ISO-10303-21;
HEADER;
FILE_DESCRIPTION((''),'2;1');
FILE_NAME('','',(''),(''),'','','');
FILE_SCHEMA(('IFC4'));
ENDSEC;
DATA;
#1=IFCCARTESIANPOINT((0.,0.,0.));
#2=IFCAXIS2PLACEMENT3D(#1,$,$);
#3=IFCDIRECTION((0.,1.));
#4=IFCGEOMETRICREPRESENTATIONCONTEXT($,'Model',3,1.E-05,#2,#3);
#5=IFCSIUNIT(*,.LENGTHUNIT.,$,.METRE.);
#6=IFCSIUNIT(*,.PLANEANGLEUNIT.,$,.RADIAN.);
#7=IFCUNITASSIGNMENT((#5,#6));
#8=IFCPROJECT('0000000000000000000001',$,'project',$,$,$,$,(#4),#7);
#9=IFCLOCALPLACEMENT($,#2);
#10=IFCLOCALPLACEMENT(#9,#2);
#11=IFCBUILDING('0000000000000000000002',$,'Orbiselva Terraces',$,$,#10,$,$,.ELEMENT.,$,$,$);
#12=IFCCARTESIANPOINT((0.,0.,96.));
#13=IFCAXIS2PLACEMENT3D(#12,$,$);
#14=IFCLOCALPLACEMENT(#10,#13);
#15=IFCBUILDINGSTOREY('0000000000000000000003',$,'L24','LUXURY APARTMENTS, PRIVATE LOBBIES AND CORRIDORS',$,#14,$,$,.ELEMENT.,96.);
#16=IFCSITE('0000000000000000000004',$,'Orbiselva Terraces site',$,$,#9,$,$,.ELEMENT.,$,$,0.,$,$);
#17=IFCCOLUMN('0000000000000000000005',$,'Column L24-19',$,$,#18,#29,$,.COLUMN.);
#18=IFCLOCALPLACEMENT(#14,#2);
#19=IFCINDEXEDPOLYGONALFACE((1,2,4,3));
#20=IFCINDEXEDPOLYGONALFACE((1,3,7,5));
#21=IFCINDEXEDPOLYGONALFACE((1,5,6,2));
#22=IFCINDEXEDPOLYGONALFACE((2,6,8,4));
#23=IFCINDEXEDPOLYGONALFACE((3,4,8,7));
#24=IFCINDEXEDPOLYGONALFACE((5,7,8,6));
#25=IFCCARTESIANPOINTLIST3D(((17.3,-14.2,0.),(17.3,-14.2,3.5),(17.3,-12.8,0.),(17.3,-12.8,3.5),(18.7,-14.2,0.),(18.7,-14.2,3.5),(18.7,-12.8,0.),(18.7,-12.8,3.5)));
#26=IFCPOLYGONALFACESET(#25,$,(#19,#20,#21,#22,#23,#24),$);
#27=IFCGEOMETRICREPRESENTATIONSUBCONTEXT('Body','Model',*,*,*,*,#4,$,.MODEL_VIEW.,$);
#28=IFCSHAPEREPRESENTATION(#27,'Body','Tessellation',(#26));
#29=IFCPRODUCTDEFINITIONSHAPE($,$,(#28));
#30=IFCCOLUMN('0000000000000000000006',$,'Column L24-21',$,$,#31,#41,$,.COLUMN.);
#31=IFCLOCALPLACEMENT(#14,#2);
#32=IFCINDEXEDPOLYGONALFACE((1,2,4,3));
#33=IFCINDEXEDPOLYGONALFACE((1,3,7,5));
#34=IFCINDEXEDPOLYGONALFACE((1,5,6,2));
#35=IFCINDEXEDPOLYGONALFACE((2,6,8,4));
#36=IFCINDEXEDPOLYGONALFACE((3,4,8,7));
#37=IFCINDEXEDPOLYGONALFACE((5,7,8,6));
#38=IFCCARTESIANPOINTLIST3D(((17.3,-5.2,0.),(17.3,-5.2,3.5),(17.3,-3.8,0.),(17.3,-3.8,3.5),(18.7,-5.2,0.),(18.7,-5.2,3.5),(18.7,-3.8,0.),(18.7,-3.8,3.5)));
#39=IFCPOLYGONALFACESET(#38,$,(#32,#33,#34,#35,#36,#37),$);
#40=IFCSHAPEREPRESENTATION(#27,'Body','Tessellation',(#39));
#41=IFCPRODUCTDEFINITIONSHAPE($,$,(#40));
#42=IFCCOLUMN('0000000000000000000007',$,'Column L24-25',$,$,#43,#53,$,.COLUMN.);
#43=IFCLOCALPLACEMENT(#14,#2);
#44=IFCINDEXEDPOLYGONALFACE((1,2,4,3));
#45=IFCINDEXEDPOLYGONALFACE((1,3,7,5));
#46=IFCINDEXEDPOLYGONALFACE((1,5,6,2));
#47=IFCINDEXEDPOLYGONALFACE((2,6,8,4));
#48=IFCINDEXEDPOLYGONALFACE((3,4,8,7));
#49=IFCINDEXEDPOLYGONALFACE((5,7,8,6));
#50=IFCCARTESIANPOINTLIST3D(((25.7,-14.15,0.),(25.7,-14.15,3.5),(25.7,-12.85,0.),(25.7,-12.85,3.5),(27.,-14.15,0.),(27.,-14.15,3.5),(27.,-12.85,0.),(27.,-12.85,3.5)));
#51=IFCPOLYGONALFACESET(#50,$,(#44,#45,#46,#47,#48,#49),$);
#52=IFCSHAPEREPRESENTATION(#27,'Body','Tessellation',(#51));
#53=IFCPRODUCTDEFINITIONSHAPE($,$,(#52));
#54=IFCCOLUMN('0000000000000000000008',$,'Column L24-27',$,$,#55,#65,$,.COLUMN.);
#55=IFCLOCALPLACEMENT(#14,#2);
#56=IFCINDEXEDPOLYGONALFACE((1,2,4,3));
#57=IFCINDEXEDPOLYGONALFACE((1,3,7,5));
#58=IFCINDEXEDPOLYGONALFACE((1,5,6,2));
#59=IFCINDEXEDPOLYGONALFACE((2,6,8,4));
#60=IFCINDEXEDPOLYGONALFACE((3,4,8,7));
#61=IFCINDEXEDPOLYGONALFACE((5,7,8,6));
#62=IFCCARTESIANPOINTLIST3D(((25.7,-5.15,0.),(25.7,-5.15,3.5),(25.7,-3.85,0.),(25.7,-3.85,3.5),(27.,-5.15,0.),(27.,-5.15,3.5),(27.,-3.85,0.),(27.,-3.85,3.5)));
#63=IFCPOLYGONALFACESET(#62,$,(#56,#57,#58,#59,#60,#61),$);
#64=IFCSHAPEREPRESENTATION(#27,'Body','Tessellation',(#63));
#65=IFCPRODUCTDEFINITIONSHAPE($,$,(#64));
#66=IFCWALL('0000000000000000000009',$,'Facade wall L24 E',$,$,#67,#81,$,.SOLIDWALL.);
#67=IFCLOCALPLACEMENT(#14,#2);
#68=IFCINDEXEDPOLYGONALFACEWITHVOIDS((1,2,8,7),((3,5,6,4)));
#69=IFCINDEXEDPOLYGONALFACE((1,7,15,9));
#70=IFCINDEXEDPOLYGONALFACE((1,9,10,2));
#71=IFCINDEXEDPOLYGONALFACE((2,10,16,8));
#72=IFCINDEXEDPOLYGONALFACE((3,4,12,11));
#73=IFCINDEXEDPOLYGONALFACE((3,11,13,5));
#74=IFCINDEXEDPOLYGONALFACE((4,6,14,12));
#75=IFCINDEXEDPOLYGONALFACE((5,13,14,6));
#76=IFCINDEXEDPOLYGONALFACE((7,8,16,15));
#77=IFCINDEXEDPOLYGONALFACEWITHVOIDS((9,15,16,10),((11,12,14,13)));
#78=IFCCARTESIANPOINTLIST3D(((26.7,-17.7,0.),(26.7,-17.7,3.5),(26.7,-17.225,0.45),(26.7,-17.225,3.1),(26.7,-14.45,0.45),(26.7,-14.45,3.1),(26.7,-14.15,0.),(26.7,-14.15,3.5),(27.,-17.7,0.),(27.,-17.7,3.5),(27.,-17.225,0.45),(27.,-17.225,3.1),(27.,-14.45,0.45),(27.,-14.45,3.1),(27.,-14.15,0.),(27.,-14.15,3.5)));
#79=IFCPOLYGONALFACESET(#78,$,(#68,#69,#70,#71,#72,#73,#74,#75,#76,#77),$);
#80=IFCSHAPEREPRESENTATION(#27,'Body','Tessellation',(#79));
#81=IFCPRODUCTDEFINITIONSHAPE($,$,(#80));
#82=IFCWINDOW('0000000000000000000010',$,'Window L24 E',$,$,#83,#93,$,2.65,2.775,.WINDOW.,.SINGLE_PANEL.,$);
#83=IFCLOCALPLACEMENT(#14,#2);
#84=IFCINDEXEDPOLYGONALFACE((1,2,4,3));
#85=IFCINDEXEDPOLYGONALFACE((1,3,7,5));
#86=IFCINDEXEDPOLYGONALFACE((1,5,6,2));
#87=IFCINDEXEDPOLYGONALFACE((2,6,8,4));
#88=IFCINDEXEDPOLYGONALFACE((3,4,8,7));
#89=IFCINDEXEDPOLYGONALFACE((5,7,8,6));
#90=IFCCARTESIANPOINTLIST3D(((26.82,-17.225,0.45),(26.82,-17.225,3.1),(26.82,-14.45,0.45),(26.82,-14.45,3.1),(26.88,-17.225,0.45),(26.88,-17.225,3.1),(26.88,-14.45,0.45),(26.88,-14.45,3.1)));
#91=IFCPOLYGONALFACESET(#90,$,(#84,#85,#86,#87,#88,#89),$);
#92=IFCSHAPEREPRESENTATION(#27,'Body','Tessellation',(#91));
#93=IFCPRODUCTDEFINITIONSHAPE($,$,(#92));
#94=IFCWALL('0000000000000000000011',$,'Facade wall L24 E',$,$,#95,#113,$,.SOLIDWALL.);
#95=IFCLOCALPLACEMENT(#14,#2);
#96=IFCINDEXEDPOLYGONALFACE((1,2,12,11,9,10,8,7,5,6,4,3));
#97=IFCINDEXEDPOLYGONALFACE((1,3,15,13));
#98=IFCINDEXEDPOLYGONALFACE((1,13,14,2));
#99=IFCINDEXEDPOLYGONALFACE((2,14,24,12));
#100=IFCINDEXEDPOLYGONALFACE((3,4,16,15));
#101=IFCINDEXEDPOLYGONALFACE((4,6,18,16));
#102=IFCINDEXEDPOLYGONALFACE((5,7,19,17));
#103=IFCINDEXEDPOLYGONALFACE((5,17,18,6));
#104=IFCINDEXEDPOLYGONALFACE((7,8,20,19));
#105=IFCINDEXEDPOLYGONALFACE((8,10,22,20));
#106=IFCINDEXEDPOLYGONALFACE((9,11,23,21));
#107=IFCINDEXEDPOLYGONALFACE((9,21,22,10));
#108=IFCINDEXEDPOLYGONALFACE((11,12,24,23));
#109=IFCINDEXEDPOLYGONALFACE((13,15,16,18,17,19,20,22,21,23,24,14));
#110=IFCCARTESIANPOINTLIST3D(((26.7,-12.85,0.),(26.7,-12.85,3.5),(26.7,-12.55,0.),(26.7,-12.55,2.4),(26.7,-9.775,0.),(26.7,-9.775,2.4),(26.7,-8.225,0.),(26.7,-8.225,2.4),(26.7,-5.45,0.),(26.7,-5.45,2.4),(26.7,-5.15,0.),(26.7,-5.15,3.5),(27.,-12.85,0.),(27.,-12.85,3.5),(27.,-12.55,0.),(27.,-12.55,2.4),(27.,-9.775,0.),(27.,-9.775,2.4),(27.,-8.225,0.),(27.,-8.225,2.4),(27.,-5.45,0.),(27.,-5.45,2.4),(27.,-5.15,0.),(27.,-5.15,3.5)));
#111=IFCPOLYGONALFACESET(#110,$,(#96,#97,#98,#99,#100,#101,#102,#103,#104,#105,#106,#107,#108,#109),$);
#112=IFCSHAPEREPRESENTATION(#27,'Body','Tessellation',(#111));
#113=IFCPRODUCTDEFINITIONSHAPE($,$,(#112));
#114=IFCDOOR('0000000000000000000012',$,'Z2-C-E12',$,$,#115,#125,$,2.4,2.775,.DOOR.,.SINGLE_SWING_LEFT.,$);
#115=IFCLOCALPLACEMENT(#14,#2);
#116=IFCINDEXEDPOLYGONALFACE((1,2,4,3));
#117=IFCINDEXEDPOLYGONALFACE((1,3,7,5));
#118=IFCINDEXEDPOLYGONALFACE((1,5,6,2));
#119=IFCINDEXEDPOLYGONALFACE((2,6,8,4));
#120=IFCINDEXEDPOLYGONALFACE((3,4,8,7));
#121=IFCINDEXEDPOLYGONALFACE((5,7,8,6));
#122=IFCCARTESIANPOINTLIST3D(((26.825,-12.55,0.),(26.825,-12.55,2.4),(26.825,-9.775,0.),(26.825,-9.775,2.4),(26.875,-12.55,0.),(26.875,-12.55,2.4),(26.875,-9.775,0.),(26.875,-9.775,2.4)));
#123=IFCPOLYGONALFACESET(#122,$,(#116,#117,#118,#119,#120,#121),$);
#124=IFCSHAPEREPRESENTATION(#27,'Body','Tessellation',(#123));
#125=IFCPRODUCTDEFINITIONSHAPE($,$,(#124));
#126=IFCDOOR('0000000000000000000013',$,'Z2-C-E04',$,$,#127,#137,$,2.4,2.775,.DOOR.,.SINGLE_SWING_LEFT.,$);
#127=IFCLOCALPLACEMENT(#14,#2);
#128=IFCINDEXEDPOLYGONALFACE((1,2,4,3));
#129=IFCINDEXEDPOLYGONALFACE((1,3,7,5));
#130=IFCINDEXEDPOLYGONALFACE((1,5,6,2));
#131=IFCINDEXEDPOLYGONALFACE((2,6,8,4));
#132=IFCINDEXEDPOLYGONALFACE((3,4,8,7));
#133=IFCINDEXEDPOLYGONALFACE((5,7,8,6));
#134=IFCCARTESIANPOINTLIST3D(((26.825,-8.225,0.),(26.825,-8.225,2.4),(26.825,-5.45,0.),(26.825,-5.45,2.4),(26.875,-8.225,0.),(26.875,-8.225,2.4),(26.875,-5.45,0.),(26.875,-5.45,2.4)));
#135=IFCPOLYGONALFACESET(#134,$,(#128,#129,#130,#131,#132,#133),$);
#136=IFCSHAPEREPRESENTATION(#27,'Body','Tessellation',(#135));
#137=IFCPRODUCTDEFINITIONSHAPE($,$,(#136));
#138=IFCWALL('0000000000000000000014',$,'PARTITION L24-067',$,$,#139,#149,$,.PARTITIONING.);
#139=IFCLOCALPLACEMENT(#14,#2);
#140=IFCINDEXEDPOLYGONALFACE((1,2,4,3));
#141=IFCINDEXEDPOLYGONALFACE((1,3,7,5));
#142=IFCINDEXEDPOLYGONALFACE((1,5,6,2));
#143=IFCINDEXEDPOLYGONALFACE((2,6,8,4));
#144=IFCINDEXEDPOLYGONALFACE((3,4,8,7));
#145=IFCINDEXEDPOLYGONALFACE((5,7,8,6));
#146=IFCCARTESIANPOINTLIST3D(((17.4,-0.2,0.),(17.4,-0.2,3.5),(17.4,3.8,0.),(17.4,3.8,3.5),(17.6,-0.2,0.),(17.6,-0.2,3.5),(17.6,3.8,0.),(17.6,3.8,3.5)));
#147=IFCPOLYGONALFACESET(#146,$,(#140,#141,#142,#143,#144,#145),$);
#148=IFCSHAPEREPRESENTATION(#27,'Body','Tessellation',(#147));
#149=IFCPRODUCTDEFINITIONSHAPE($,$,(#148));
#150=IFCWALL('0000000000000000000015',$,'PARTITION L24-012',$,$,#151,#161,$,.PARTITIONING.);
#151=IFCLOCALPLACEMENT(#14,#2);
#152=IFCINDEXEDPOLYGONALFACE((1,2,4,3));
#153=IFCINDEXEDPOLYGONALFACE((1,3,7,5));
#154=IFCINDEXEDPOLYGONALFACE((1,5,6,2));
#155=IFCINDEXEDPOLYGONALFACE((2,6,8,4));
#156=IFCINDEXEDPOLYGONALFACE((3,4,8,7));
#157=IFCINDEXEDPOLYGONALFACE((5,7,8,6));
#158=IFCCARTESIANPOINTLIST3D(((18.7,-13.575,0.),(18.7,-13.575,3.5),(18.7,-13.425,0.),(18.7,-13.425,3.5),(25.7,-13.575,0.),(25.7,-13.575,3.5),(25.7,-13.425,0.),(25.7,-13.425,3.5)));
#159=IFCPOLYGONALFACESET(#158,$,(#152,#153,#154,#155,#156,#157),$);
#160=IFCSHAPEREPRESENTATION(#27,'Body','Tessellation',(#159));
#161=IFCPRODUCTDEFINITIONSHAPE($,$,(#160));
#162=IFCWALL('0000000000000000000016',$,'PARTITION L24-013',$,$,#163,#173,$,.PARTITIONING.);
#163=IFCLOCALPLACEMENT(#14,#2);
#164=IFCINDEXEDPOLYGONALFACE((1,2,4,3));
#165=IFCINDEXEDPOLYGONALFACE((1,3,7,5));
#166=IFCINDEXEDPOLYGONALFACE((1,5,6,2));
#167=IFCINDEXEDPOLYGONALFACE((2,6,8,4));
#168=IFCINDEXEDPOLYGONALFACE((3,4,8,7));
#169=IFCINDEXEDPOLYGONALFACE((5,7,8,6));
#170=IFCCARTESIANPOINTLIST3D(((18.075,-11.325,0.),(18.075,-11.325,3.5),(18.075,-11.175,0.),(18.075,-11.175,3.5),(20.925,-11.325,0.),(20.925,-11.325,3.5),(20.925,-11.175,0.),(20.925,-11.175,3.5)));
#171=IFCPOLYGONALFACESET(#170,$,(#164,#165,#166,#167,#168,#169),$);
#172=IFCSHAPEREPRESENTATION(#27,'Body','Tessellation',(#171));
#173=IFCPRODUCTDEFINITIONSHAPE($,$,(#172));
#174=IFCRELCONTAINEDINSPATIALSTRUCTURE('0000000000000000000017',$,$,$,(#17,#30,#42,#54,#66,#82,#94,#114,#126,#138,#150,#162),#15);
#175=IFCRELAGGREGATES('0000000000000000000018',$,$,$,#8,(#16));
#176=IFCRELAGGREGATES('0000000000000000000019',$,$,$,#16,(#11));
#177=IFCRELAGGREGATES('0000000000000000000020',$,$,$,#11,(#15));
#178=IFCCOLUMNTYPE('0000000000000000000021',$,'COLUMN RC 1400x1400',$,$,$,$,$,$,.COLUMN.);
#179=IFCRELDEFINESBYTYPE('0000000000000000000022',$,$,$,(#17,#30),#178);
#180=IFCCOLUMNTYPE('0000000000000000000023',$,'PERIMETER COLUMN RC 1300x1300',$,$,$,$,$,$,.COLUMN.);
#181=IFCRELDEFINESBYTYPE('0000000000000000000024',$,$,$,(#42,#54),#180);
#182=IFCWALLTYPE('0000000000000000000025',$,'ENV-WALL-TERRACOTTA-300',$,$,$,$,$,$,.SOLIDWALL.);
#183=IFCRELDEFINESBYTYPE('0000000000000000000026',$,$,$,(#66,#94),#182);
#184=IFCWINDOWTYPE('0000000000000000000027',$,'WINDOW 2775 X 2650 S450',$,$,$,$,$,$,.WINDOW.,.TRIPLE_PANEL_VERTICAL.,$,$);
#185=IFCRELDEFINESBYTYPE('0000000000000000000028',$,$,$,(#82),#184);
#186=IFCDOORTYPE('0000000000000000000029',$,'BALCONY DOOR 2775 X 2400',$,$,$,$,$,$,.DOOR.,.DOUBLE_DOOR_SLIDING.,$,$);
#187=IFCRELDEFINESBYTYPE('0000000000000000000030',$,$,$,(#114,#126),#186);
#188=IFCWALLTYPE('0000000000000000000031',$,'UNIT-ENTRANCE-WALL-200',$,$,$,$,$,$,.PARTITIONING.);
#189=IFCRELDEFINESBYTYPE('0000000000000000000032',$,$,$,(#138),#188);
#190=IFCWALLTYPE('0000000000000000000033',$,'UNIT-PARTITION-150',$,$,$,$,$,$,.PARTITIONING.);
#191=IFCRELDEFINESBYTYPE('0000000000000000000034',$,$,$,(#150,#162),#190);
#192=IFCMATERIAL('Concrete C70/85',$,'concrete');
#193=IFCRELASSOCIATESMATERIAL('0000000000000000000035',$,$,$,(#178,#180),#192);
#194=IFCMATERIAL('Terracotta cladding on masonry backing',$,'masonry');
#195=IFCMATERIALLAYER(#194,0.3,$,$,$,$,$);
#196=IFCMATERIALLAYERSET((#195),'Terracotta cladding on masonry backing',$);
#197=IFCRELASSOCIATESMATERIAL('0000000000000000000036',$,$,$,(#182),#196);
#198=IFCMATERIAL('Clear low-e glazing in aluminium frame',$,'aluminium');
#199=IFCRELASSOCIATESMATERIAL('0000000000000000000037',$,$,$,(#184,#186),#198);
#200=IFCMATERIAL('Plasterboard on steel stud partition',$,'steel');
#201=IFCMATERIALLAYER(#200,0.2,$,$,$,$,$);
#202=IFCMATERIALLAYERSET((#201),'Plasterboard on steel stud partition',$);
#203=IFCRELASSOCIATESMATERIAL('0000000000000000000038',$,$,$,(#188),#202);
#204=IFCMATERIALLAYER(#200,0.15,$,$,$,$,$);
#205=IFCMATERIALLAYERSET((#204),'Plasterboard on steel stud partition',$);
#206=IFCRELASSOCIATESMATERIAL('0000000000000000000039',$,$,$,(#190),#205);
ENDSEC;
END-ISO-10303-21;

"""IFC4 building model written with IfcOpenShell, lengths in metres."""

from ifc_helpers import new_model, si_unit, direction, frame, frame_2d, origin, origin_2d, place, context, subcontext, project, spatial, rectangle, extrude, material, layer, layer_set, material_profile, profile_set, type_object, element, fill, save


model = new_model("IFC4")

# Units and contexts
model_context = context("Model", 3, precision=1e-05, world=origin(), true_north=direction((0.0, 1.0)))
body_context = subcontext(model_context, "Body", "Model", "MODEL_VIEW")
ifc_project = project(units=[si_unit("LENGTHUNIT", "METRE"), si_unit("PLANEANGLEUNIT", "RADIAN")], contexts=[model_context])

# Site, building, storey
site_placement = place(None, origin())
site = spatial("IfcSite", under=ifc_project, at=site_placement, Name="Orbiselva Terraces site", CompositionType="ELEMENT", RefElevation=0.0)
building_placement = place(site_placement, origin())
building = spatial("IfcBuilding", under=site, at=building_placement, Name="Orbiselva Terraces", CompositionType="ELEMENT")
storey_placement = place(building_placement, frame((0.0, 0.0, 96.0)))
storey = spatial("IfcBuildingStorey", under=building, at=storey_placement, Name="L24", Description="LUXURY APARTMENTS, PRIVATE LOBBIES AND CORRIDORS", CompositionType="ELEMENT", Elevation=96.0)

# Columns
ifc_material_1 = material(Name="Concrete C70/85", Category="concrete")
ifc_material_profile_1 = material_profile(ifc_material_1, rectangle(XDim=1.4, YDim=1.4, at=origin_2d()), Name="RC 1400x1400")
ifc_profile_set_1 = profile_set([ifc_material_profile_1], Name="Concrete C70/85")
column_type_1 = type_object("IfcColumnType", Name="COLUMN RC 1400x1400", PredefinedType="COLUMN", material=ifc_profile_set_1)
for number, where, z_axis, x_axis, name in (
    (1, (18.0, -13.5, 0.0), (0.0, 0.0, 1.0), (1.0, 0.0, 0.0), "Column L24-19"),
    (2, (18.0, -4.5, 0.0), (0.0, 0.0, 1.0), (1.0, 0.0, 0.0), "Column L24-21"),
):
    element("IfcColumn", number, at=place(storey_placement, frame(where, z_axis=z_axis, x_axis=x_axis)), inside=storey, type_object=column_type_1, Name=name, PredefinedType="COLUMN", context=body_context, shape_type="SweptSolid", body=[
        extrude(rectangle(XDim=1.4, YDim=1.4, at=origin_2d()), origin(), (0.0, 0.0, 1.0), 3.5),
    ])
ifc_material_profile_2 = material_profile(ifc_material_1, rectangle(XDim=1.3, YDim=1.3, at=origin_2d()), Name="RC 1300x1300")
ifc_profile_set_2 = profile_set([ifc_material_profile_2], Name="Concrete C70/85")
column_type_2 = type_object("IfcColumnType", Name="PERIMETER COLUMN RC 1300x1300", PredefinedType="COLUMN", material=ifc_profile_set_2)
for number, where, z_axis, x_axis, name in (
    (3, (26.35, -13.5, 0.0), (0.0, 0.0, 1.0), (1.0, 0.0, 0.0), "Column L24-25"),
    (4, (26.35, -4.5, 0.0), (0.0, 0.0, 1.0), (1.0, 0.0, 0.0), "Column L24-27"),
):
    element("IfcColumn", number, at=place(storey_placement, frame(where, z_axis=z_axis, x_axis=x_axis)), inside=storey, type_object=column_type_2, Name=name, PredefinedType="COLUMN", context=body_context, shape_type="SweptSolid", body=[
        extrude(rectangle(XDim=1.3, YDim=1.3, at=origin_2d()), origin(), (0.0, 0.0, 1.0), 3.5),
    ])

# Wall, opening, window
ifc_material_2 = material(Name="Terracotta cladding on masonry backing", Category="masonry")
ifc_layer_1 = layer(ifc_material_2, 0.3)
ifc_layer_set_1 = layer_set([ifc_layer_1], Name="Terracotta cladding on masonry backing")
wall_type_1 = type_object("IfcWallType", Name="ENV-WALL-TERRACOTTA-300", PredefinedType="SOLIDWALL", material=ifc_layer_set_1)
wall_1_placement = place(storey_placement, frame((26.85, -14.15, 0.0), z_axis=(0.0, 0.0, 1.0), x_axis=(0.0, -1.0, 0.0)))
wall_1 = element("IfcWall", 5, at=wall_1_placement, inside=storey, type_object=wall_type_1, Name="Facade wall L24 E", PredefinedType="SOLIDWALL", context=body_context, shape_type="SweptSolid", body=[
    extrude(rectangle(XDim=3.55, YDim=0.3, at=frame_2d((1.775, 0.0))), origin(), (0.0, 0.0, 1.0), 3.5),
])
opening_1_placement = place(wall_1_placement, frame((0.3, 0.0, 0.45)))
opening_1 = element("IfcOpeningElement", 6, at=opening_1_placement, cuts=wall_1, PredefinedType="OPENING", context=body_context, shape_type="SweptSolid", body=[
    extrude(rectangle(XDim=2.775, YDim=2.65, at=frame_2d((1.3875, 1.325))), frame((0.0, 0.16, 0.0), z_axis=(0.0, -1.0, 0.0), x_axis=(1.0, 0.0, 0.0)), (0.0, 0.0, 1.0), 0.32),
])
ifc_material_3 = material(Name="Clear low-e glazing in aluminium frame", Category="aluminium")
window_type = type_object("IfcWindowType", Name="WINDOW 2775 X 2650 S450", PartitioningType="TRIPLE_PANEL_VERTICAL", PredefinedType="WINDOW", material=ifc_material_3)
window_placement = place(opening_1_placement, origin())
window = element("IfcWindow", 7, at=window_placement, inside=storey, type_object=window_type, Name="Window L24 E", OverallHeight=2.65, OverallWidth=2.775, PartitioningType="SINGLE_PANEL", PredefinedType="WINDOW", context=body_context, shape_type="SweptSolid", body=[
    extrude(rectangle(XDim=2.775, YDim=2.65, at=frame_2d((1.3875, 1.325))), frame((0.0, 0.03, 0.0), z_axis=(0.0, -1.0, 0.0), x_axis=(1.0, 0.0, 0.0)), (0.0, 0.0, 1.0), 0.06),
])
fill(opening_1, window)

# Wall, openings, doors
wall_2_placement = place(storey_placement, frame((26.85, -5.15, 0.0), z_axis=(0.0, 0.0, 1.0), x_axis=(0.0, -1.0, 0.0)))
wall_2 = element("IfcWall", 8, at=wall_2_placement, inside=storey, type_object=wall_type_1, Name="Facade wall L24 E", PredefinedType="SOLIDWALL", context=body_context, shape_type="SweptSolid", body=[
    extrude(rectangle(XDim=7.7, YDim=0.3, at=frame_2d((3.85, 0.0))), origin(), (0.0, 0.0, 1.0), 3.5),
])
opening_2_placement = place(wall_2_placement, frame((4.625, 0.0, 0.0)))
opening_2 = element("IfcOpeningElement", 9, at=opening_2_placement, cuts=wall_2, PredefinedType="OPENING", context=body_context, shape_type="SweptSolid", body=[
    extrude(rectangle(XDim=2.775, YDim=2.4, at=frame_2d((1.3875, 1.2))), frame((0.0, 0.16, 0.0), z_axis=(0.0, -1.0, 0.0), x_axis=(1.0, 0.0, 0.0)), (0.0, 0.0, 1.0), 0.32),
])
opening_3_placement = place(wall_2_placement, frame((0.3, 0.0, 0.0)))
opening_3 = element("IfcOpeningElement", 10, at=opening_3_placement, cuts=wall_2, PredefinedType="OPENING", context=body_context, shape_type="SweptSolid", body=[
    extrude(rectangle(XDim=2.775, YDim=2.4, at=frame_2d((1.3875, 1.2))), frame((0.0, 0.16, 0.0), z_axis=(0.0, -1.0, 0.0), x_axis=(1.0, 0.0, 0.0)), (0.0, 0.0, 1.0), 0.32),
])
door_type_1 = type_object("IfcDoorType", Name="BALCONY DOOR 2775 X 2400", OperationType="DOUBLE_DOOR_SLIDING", PredefinedType="DOOR", material=ifc_material_3)
door_1_placement = place(opening_2_placement, origin())
door_1 = element("IfcDoor", 11, at=door_1_placement, inside=storey, type_object=door_type_1, Name="Z2-C-E12", OperationType="SINGLE_SWING_LEFT", OverallHeight=2.4, OverallWidth=2.775, PredefinedType="DOOR", context=body_context, shape_type="SweptSolid", body=[
    extrude(rectangle(XDim=2.775, YDim=2.4, at=frame_2d((1.3875, 1.2))), frame((0.0, 0.025, 0.0), z_axis=(0.0, -1.0, 0.0), x_axis=(1.0, 0.0, 0.0)), (0.0, 0.0, 1.0), 0.05),
])
fill(opening_2, door_1)
door_2_placement = place(opening_3_placement, origin())
door_2 = element("IfcDoor", 12, at=door_2_placement, inside=storey, type_object=door_type_1, Name="Z2-C-E04", OperationType="SINGLE_SWING_LEFT", OverallHeight=2.4, OverallWidth=2.775, PredefinedType="DOOR", context=body_context, shape_type="SweptSolid", body=[
    extrude(rectangle(XDim=2.775, YDim=2.4, at=frame_2d((1.3875, 1.2))), frame((0.0, 0.025, 0.0), z_axis=(0.0, -1.0, 0.0), x_axis=(1.0, 0.0, 0.0)), (0.0, 0.0, 1.0), 0.05),
])
fill(opening_3, door_2)

# Walls
ifc_material_4 = material(Name="Plasterboard on steel stud partition", Category="steel")
ifc_layer_2 = layer(ifc_material_4, 0.2)
ifc_layer_set_2 = layer_set([ifc_layer_2], Name="Plasterboard on steel stud partition")
wall_type_2 = type_object("IfcWallType", Name="UNIT-ENTRANCE-WALL-200", PredefinedType="PARTITIONING", material=ifc_layer_set_2)
wall_3_placement = place(storey_placement, frame((17.5, -0.2, 0.0), z_axis=(0.0, 0.0, 1.0), x_axis=(0.0, 1.0, 0.0)))
element("IfcWall", 13, at=wall_3_placement, inside=storey, type_object=wall_type_2, Name="PARTITION L24-067", PredefinedType="PARTITIONING", context=body_context, shape_type="SweptSolid", body=[
    extrude(rectangle(XDim=4.0, YDim=0.2, at=frame_2d((2.0, 0.0))), origin(), (0.0, 0.0, 1.0), 3.5),
])
ifc_layer_3 = layer(ifc_material_4, 0.15)
ifc_layer_set_3 = layer_set([ifc_layer_3], Name="Plasterboard on steel stud partition")
wall_type_3 = type_object("IfcWallType", Name="UNIT-PARTITION-150", PredefinedType="PARTITIONING", material=ifc_layer_set_3)
wall_4_placement = place(storey_placement, frame((18.7, -13.5, 0.0), z_axis=(0.0, 0.0, 1.0), x_axis=(1.0, 0.0, 0.0)))
element("IfcWall", 14, at=wall_4_placement, inside=storey, type_object=wall_type_3, Name="PARTITION L24-012", PredefinedType="PARTITIONING", context=body_context, shape_type="SweptSolid", body=[
    extrude(rectangle(XDim=7.0, YDim=0.15, at=frame_2d((3.5, 0.0))), origin(), (0.0, 0.0, 1.0), 3.5),
])
wall_5_placement = place(storey_placement, frame((18.075, -11.25, 0.0), z_axis=(0.0, 0.0, 1.0), x_axis=(1.0, 0.0, 0.0)))
element("IfcWall", 15, at=wall_5_placement, inside=storey, type_object=wall_type_3, Name="PARTITION L24-013", PredefinedType="PARTITIONING", context=body_context, shape_type="SweptSolid", body=[
    extrude(rectangle(XDim=2.85, YDim=0.15, at=frame_2d((1.425, 0.0))), origin(), (0.0, 0.0, 1.0), 3.5),
])

save(model, "model.ifc")
